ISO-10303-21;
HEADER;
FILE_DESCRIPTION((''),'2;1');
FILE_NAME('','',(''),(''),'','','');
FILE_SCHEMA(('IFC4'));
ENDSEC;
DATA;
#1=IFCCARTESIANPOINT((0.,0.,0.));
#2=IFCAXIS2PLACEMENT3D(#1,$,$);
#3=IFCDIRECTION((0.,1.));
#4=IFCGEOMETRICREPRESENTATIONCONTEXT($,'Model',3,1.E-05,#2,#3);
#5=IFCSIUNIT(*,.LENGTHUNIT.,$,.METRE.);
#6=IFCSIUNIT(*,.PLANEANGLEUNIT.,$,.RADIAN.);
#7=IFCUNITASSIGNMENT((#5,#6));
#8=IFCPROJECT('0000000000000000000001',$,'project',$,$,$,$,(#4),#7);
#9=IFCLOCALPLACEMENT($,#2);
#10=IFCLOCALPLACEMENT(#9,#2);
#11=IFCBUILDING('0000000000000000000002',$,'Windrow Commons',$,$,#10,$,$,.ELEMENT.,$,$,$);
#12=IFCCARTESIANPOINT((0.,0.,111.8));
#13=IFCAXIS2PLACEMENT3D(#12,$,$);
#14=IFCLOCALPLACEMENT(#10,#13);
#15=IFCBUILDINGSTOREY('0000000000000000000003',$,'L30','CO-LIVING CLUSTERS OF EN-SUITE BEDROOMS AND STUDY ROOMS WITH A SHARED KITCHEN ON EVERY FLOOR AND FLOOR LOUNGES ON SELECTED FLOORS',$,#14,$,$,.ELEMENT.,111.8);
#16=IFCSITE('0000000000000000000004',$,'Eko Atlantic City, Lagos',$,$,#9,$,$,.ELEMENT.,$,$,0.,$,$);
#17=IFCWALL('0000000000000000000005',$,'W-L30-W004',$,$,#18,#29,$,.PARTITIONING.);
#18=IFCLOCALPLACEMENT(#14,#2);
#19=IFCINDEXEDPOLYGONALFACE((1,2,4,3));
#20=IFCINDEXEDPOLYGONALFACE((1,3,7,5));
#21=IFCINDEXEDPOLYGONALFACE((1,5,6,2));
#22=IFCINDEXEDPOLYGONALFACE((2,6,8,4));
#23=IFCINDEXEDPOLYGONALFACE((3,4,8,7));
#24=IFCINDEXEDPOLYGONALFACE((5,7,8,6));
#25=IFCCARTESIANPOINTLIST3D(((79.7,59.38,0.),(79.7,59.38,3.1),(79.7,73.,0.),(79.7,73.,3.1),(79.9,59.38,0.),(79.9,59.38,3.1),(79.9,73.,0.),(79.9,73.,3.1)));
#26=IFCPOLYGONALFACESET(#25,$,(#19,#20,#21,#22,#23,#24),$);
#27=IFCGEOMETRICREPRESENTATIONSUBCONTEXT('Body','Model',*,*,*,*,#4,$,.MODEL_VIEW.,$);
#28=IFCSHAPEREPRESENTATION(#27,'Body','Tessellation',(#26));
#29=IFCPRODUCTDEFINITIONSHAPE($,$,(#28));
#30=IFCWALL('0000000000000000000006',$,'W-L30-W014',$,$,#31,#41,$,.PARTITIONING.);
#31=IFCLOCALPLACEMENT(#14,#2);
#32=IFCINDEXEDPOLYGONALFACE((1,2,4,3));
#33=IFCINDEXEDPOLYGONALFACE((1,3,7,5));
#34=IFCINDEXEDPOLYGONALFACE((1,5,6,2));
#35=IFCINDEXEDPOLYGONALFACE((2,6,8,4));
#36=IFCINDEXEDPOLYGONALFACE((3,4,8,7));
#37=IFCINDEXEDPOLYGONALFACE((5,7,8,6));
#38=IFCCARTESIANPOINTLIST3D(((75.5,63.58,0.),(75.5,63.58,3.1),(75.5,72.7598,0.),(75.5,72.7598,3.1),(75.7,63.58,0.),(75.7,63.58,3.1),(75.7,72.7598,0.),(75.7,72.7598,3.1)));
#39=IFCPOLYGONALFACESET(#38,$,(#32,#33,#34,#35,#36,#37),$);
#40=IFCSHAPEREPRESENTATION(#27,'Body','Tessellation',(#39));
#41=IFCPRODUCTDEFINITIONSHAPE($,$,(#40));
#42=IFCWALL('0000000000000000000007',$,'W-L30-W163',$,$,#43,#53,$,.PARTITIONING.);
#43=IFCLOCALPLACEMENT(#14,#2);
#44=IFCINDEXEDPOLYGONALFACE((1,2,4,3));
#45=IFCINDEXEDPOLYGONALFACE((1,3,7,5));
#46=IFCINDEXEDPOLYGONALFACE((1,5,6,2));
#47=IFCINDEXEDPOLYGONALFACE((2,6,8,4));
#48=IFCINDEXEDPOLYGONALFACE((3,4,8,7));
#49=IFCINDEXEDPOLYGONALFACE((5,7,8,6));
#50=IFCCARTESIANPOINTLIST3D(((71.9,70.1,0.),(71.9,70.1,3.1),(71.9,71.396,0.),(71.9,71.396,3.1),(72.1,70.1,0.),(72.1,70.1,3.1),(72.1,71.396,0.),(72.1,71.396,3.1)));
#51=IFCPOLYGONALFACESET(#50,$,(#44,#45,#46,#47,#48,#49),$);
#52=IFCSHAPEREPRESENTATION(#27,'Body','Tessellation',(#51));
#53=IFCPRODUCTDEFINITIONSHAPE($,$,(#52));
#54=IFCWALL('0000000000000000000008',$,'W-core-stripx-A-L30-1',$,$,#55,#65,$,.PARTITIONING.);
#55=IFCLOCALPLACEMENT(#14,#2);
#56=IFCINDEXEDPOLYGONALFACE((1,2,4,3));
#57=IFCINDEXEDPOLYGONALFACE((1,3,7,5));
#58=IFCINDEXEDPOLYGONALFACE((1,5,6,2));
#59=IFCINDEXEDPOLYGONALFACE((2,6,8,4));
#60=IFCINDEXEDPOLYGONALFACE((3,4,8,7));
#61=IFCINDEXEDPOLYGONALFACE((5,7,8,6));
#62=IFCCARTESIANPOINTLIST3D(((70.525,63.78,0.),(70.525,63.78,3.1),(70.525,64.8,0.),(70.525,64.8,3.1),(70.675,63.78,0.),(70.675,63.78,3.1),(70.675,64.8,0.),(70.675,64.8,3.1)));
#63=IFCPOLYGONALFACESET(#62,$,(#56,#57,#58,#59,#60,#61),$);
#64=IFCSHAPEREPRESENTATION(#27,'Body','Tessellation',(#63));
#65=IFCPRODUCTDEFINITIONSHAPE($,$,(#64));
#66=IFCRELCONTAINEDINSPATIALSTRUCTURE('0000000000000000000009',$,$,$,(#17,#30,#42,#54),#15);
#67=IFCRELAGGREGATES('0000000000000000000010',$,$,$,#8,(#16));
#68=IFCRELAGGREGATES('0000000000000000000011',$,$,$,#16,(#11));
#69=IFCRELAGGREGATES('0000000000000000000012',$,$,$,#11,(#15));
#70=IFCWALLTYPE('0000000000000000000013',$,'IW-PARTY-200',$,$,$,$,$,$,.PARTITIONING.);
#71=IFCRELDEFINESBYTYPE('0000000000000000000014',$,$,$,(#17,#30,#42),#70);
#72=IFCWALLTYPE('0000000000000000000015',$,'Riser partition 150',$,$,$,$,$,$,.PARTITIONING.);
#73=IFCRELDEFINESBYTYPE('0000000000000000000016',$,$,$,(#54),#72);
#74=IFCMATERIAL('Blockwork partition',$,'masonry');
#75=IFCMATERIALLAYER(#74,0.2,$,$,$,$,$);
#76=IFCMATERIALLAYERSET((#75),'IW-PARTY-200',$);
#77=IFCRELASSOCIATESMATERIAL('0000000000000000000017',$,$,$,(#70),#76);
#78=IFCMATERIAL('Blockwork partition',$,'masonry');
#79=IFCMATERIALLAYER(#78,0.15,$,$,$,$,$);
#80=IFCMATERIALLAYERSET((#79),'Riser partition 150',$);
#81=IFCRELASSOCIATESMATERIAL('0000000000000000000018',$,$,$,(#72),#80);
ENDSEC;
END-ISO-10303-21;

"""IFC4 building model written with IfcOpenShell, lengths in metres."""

from ifc_helpers import new_model, si_unit, direction, frame, frame_2d, origin, place, context, subcontext, project, spatial, rectangle, extrude, material, layer, layer_set, type_object, element, save


model = new_model("IFC4")

# Units and contexts
model_context = context("Model", 3, precision=1e-05, world=origin(), true_north=direction((0.0, 1.0)))
body_context = subcontext(model_context, "Body", "Model", "MODEL_VIEW")
ifc_project = project(units=[si_unit("LENGTHUNIT", "METRE"), si_unit("PLANEANGLEUNIT", "RADIAN")], contexts=[model_context])

# Site, building, storey
site_placement = place(None, origin())
site = spatial("IfcSite", under=ifc_project, at=site_placement, Name="Eko Atlantic City, Lagos", CompositionType="ELEMENT", RefElevation=0.0)
building_placement = place(site_placement, origin())
building = spatial("IfcBuilding", under=site, at=building_placement, Name="Windrow Commons", CompositionType="ELEMENT")
storey_placement = place(building_placement, frame((0.0, 0.0, 111.8)))
storey = spatial("IfcBuildingStorey", under=building, at=storey_placement, Name="L30", Description="CO-LIVING CLUSTERS OF EN-SUITE BEDROOMS AND STUDY ROOMS WITH A SHARED KITCHEN ON EVERY FLOOR AND FLOOR LOUNGES ON SELECTED FLOORS", CompositionType="ELEMENT", Elevation=111.8)

# Walls
ifc_material_1 = material(Name="Blockwork partition", Category="masonry")
ifc_layer_1 = layer(ifc_material_1, 0.2)
ifc_layer_set_1 = layer_set([ifc_layer_1], Name="IW-PARTY-200")
wall_type_1 = type_object("IfcWallType", Name="IW-PARTY-200", PredefinedType="PARTITIONING", material=ifc_layer_set_1)
wall_1_placement = place(storey_placement, frame((79.8, 59.38, 0.0), z_axis=(0.0, 0.0, 1.0), x_axis=(0.0, 1.0, 0.0)))
element("IfcWall", 1, at=wall_1_placement, inside=storey, type_object=wall_type_1, Name="W-L30-W004", PredefinedType="PARTITIONING", context=body_context, shape_type="SweptSolid", body=[
    extrude(rectangle(XDim=13.62, YDim=0.2, at=frame_2d((6.81, 0.0))), origin(), (0.0, 0.0, 1.0), 3.1),
])
wall_2_placement = place(storey_placement, frame((75.6, 63.58, 0.0), z_axis=(0.0, 0.0, 1.0), x_axis=(0.0, 1.0, 0.0)))
element("IfcWall", 2, at=wall_2_placement, inside=storey, type_object=wall_type_1, Name="W-L30-W014", PredefinedType="PARTITIONING", context=body_context, shape_type="SweptSolid", body=[
    extrude(rectangle(XDim=9.1799, YDim=0.2, at=frame_2d((4.5899, 0.0))), origin(), (0.0, 0.0, 1.0), 3.1),
])
wall_3_placement = place(storey_placement, frame((72.0, 70.1, 0.0), z_axis=(0.0, 0.0, 1.0), x_axis=(0.0, 1.0, 0.0)))
element("IfcWall", 3, at=wall_3_placement, inside=storey, type_object=wall_type_1, Name="W-L30-W163", PredefinedType="PARTITIONING", context=body_context, shape_type="SweptSolid", body=[
    extrude(rectangle(XDim=1.296, YDim=0.2, at=frame_2d((0.648, 0.0))), origin(), (0.0, 0.0, 1.0), 3.1),
])
ifc_material_2 = material(Name="Blockwork partition", Category="masonry")
ifc_layer_2 = layer(ifc_material_2, 0.15)
ifc_layer_set_2 = layer_set([ifc_layer_2], Name="Riser partition 150")
wall_type_2 = type_object("IfcWallType", Name="Riser partition 150", PredefinedType="PARTITIONING", material=ifc_layer_set_2)
wall_4_placement = place(storey_placement, frame((70.6, 63.78, 0.0), z_axis=(0.0, 0.0, 1.0), x_axis=(0.0, 1.0, 0.0)))
element("IfcWall", 4, at=wall_4_placement, inside=storey, type_object=wall_type_2, Name="W-core-stripx-A-L30-1", PredefinedType="PARTITIONING", context=body_context, shape_type="SweptSolid", body=[
    extrude(rectangle(XDim=1.02, YDim=0.15, at=frame_2d((0.51, 0.0))), origin(), (0.0, 0.0, 1.0), 3.1),
])

save(model, "model.ifc")
